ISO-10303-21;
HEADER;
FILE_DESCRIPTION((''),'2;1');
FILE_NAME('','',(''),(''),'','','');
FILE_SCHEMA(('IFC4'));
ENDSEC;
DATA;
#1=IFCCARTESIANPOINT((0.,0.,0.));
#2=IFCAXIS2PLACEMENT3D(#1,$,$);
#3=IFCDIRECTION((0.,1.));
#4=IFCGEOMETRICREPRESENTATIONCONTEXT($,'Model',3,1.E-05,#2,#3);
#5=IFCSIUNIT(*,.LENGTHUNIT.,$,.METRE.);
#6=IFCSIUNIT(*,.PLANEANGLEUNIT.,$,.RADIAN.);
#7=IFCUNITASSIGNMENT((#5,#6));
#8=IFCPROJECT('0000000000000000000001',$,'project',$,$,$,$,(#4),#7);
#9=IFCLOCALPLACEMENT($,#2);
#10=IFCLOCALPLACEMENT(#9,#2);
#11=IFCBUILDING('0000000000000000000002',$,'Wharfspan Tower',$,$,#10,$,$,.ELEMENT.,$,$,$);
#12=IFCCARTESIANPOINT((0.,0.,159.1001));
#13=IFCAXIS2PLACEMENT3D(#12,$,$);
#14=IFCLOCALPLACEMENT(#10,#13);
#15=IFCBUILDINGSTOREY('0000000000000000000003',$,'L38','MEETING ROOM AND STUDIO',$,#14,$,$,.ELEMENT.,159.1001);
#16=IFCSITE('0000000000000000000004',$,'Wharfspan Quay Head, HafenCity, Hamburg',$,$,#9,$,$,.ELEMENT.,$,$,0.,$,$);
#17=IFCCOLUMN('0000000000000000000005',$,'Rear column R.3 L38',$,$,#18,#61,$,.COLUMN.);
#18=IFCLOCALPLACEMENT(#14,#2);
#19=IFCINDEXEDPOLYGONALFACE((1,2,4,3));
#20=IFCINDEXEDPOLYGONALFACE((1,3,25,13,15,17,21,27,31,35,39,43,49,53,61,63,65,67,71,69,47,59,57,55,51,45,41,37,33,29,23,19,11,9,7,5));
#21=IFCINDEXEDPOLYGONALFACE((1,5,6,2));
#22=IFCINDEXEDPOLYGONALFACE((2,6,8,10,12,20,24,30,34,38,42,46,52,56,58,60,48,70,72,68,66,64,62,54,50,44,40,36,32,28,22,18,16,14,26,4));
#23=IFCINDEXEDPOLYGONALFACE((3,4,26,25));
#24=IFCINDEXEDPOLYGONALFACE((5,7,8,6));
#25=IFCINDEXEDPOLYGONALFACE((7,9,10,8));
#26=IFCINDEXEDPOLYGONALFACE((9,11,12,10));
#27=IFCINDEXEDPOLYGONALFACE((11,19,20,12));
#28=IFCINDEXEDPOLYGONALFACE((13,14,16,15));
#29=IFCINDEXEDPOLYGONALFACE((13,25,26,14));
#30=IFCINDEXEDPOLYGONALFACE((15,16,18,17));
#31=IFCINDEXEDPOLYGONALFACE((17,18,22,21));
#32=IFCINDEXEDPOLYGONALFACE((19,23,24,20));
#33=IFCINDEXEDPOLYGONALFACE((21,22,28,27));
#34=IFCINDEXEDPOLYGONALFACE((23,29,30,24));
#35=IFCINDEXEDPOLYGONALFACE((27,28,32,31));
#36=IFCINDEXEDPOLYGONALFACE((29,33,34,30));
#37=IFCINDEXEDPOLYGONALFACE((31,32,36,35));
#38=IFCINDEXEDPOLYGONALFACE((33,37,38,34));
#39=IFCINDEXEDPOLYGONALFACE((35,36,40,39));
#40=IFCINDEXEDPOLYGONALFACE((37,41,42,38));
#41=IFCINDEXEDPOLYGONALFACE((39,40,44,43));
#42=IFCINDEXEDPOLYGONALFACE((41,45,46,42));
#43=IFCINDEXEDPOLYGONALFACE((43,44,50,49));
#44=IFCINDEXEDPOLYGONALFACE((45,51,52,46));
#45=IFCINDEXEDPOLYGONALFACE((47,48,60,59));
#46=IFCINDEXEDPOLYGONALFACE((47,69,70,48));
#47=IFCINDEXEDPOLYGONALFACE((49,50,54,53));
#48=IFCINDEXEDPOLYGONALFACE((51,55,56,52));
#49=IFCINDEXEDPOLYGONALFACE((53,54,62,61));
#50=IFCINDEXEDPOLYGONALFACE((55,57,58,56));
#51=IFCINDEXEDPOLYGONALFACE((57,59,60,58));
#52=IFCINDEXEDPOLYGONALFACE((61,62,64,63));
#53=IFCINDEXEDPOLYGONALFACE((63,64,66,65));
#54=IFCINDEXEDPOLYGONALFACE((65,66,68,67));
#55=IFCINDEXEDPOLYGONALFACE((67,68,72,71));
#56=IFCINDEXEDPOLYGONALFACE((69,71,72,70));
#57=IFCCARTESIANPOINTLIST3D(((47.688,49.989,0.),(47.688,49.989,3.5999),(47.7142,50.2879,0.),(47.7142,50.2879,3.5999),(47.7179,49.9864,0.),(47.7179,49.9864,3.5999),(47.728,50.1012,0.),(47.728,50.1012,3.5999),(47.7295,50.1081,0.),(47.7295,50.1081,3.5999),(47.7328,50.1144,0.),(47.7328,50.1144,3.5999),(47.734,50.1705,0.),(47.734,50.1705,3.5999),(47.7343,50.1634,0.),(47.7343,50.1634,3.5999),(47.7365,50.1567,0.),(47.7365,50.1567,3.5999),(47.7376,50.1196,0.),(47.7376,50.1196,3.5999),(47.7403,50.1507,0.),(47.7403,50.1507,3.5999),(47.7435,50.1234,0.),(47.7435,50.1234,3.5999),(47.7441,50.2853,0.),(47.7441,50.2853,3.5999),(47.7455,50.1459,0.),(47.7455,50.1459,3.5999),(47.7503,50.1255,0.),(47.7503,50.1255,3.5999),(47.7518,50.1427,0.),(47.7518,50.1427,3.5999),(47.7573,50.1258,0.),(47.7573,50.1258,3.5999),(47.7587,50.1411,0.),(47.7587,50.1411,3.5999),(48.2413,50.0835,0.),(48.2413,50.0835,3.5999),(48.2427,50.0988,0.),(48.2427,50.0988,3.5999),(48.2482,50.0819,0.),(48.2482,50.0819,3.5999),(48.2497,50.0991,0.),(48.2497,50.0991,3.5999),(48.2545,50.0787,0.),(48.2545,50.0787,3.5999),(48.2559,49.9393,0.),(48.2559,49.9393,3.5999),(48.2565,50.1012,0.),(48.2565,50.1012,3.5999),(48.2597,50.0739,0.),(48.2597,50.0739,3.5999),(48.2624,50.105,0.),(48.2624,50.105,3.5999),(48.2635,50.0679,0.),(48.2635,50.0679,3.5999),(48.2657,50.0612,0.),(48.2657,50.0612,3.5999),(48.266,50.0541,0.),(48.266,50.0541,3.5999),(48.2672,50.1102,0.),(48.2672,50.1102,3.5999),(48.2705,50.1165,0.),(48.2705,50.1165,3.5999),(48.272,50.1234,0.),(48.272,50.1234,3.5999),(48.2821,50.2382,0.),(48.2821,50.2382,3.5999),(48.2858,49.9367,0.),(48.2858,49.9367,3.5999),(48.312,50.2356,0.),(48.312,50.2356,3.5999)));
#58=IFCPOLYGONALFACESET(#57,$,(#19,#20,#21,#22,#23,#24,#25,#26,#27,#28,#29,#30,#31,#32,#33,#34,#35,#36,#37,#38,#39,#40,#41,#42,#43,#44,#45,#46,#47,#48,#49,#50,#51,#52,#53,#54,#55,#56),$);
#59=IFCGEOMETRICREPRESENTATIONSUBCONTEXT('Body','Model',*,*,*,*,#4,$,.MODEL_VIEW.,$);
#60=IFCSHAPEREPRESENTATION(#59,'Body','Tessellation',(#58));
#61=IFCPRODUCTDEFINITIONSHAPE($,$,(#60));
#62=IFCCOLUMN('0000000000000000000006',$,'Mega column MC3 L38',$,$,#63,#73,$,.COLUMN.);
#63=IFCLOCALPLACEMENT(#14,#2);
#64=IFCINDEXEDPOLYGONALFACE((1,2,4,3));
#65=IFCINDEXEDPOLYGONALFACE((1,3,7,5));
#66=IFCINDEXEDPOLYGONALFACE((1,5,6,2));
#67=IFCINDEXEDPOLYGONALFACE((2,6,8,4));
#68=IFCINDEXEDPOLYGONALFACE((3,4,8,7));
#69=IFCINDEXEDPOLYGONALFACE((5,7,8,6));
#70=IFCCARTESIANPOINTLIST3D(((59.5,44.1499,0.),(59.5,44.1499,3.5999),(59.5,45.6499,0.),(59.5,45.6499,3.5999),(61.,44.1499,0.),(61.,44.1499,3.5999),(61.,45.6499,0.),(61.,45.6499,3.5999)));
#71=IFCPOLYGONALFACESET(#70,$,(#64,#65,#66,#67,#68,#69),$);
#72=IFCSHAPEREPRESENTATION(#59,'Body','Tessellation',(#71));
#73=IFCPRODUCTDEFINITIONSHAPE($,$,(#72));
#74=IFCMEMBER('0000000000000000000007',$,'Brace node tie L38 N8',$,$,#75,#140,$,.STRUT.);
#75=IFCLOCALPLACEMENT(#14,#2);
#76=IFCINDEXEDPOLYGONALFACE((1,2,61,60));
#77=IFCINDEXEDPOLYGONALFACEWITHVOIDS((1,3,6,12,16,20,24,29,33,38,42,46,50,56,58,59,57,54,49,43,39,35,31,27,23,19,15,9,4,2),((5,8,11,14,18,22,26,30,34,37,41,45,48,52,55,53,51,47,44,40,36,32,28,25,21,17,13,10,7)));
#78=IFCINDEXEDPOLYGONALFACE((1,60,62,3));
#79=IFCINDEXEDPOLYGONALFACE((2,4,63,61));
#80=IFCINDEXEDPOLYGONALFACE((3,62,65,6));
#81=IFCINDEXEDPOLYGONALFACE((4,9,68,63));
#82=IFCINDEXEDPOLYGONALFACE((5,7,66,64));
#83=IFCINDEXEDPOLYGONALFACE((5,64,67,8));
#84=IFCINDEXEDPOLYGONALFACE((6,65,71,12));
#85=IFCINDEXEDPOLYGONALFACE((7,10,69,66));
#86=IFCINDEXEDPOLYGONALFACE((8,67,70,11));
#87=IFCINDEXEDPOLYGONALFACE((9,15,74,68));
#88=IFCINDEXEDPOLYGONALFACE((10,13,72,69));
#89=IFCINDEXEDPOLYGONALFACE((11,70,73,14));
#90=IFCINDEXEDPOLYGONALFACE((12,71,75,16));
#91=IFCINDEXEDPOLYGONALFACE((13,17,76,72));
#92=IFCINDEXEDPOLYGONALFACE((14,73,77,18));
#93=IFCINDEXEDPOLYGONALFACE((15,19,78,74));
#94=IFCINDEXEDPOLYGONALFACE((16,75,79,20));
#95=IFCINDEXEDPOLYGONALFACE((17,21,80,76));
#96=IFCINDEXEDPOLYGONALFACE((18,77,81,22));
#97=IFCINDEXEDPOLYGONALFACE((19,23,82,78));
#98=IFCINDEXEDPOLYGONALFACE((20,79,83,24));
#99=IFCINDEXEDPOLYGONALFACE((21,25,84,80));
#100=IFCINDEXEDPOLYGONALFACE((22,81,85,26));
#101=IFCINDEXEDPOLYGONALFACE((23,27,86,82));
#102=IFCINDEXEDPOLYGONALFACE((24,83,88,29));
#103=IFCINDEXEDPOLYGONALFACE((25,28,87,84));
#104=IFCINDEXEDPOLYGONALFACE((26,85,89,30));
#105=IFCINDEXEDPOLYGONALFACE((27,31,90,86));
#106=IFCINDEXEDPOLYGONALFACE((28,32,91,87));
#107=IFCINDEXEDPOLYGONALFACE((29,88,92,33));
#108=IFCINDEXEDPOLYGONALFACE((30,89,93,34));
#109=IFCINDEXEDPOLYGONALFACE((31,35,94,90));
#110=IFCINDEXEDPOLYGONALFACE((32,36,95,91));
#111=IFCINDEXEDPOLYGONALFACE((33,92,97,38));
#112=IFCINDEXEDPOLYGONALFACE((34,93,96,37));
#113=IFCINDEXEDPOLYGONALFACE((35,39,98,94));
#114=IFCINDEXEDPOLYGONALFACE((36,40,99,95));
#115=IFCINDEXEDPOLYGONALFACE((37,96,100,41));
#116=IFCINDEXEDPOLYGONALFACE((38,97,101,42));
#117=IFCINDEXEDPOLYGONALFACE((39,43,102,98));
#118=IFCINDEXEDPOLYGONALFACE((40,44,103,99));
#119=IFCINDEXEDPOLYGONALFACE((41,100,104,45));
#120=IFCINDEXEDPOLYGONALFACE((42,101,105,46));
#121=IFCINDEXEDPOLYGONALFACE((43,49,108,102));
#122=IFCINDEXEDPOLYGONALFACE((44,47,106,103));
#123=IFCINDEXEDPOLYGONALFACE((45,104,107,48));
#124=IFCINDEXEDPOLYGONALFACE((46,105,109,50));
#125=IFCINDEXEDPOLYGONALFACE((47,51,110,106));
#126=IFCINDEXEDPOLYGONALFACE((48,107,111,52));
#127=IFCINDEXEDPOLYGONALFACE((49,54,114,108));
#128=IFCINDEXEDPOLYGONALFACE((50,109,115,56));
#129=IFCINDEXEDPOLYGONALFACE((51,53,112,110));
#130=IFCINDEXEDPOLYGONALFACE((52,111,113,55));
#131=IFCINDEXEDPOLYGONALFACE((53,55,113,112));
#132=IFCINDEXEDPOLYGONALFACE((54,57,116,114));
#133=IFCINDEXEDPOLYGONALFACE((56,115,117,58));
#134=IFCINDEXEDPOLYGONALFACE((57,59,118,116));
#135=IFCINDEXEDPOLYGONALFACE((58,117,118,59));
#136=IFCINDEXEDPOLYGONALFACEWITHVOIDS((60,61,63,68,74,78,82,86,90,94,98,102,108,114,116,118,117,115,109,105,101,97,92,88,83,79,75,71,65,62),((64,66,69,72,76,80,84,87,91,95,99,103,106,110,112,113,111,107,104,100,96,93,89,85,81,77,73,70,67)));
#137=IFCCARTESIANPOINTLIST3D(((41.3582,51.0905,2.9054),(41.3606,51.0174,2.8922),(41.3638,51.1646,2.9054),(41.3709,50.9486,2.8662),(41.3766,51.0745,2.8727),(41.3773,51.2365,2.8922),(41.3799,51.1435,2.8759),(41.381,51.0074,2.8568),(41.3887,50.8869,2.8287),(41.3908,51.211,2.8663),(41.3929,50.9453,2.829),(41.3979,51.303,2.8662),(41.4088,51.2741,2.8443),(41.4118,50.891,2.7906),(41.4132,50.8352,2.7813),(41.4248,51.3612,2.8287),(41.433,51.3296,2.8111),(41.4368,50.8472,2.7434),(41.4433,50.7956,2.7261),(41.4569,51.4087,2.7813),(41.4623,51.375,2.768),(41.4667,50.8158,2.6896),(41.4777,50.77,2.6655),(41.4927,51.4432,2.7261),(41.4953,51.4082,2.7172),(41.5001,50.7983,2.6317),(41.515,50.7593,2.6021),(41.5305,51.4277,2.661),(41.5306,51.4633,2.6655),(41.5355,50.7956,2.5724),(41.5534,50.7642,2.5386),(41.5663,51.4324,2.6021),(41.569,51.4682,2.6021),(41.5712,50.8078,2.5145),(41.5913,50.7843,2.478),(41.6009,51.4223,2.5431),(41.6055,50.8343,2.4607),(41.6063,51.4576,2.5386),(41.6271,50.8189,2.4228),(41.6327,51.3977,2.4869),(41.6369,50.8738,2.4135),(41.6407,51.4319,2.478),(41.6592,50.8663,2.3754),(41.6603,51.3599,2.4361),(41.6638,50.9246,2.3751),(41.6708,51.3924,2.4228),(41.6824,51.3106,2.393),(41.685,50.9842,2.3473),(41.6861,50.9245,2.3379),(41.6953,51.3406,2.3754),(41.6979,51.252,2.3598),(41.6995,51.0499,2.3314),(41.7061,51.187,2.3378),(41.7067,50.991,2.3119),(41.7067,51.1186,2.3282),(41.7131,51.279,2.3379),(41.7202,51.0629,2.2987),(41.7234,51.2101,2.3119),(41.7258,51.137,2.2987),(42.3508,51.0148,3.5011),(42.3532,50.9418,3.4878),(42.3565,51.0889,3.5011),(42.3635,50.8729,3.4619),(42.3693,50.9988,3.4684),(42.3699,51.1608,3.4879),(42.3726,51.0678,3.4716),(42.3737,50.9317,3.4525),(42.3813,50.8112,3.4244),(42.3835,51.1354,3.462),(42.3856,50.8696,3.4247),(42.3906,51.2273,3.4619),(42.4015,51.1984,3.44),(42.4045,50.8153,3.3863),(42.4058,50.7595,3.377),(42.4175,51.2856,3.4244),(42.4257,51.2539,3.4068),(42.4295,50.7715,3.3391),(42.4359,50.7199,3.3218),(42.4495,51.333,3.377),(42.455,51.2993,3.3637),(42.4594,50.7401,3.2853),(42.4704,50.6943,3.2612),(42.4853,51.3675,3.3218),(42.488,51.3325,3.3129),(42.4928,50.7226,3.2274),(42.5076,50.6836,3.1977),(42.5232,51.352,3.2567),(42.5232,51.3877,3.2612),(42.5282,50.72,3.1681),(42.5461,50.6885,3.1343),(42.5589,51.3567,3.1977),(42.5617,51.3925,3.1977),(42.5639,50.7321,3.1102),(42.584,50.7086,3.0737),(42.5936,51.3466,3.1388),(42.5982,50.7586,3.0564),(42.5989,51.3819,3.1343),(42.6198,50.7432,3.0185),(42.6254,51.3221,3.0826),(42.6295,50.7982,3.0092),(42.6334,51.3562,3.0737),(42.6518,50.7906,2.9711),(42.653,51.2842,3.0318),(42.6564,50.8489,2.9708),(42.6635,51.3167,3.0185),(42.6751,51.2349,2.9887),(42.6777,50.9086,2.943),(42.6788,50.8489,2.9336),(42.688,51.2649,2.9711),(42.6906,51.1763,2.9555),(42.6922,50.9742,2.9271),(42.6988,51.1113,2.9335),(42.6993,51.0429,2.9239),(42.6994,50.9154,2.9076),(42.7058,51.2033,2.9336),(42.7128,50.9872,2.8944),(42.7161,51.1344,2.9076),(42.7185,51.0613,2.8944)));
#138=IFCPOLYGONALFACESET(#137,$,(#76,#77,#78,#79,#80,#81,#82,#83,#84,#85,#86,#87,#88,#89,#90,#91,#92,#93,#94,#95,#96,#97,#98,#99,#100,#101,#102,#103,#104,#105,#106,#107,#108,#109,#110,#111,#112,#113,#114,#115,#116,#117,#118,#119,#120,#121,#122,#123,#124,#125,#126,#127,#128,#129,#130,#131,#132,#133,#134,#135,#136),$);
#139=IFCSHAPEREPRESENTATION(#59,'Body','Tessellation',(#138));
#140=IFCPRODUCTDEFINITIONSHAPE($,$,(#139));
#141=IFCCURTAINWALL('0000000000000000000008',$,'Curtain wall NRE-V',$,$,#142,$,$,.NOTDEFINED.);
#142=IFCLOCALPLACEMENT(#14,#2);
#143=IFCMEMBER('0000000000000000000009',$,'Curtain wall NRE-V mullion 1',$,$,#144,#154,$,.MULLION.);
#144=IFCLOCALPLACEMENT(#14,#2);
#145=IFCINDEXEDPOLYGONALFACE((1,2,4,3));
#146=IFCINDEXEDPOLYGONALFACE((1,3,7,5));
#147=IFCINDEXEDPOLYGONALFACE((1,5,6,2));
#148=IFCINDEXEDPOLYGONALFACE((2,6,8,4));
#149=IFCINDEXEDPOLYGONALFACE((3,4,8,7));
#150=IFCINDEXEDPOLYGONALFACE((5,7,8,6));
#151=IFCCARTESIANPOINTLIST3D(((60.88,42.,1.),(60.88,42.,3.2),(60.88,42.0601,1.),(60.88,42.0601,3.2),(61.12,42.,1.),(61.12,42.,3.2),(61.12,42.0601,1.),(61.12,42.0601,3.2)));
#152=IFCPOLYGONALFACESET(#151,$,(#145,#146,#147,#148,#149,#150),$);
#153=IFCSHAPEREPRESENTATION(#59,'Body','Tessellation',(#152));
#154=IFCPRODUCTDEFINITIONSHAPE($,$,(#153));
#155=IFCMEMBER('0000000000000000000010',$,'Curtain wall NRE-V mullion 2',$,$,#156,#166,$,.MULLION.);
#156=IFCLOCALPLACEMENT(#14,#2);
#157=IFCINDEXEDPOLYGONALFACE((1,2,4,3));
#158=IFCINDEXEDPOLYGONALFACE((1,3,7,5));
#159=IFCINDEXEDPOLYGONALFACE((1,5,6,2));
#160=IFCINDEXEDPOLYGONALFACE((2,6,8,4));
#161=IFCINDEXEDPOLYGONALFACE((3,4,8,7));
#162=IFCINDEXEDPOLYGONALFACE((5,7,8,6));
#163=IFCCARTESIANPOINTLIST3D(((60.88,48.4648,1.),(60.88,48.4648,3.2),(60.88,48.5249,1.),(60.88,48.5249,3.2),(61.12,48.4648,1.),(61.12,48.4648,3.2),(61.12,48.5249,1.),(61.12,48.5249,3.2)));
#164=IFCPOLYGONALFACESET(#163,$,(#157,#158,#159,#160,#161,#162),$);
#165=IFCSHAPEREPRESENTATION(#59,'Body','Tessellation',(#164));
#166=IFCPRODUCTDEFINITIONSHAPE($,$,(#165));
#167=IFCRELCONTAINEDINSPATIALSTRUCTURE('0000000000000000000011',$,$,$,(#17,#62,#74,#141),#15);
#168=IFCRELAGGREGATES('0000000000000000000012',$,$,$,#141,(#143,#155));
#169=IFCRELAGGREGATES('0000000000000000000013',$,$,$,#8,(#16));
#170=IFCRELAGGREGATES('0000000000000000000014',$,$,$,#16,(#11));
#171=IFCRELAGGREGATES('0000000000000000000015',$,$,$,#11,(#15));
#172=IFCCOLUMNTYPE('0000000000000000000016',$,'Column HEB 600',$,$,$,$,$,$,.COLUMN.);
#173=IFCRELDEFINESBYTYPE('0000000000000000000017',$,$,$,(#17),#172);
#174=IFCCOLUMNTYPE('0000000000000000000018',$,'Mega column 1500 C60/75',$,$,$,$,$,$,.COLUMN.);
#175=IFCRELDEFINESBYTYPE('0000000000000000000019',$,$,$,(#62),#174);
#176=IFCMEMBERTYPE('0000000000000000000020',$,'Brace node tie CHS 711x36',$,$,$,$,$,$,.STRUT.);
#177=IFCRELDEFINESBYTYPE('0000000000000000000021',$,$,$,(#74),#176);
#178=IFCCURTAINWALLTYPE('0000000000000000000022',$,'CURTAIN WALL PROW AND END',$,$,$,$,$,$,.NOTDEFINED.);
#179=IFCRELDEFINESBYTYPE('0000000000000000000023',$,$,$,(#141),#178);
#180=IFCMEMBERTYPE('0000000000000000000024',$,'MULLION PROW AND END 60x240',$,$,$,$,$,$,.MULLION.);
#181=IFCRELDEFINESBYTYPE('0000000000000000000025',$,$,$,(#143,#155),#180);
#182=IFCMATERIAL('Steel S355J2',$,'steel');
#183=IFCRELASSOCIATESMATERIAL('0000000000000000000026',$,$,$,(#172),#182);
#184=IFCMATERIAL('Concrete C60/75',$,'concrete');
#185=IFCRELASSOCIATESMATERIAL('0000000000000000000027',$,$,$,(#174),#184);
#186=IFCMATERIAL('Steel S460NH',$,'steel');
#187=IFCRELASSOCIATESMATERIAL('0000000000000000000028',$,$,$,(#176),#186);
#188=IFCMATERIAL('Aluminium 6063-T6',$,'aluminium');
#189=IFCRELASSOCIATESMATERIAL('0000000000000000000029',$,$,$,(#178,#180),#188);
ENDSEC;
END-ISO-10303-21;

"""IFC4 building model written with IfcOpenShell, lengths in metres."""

from ifc_helpers import new_model, si_unit, direction, frame, origin, origin_2d, place, context, subcontext, project, spatial, rectangle, hollow_circle, i_section, extrude, material, material_profile, profile_set, type_object, element, aggregate, save


model = new_model("IFC4")

# Units and contexts
model_context = context("Model", 3, precision=1e-05, world=origin(), true_north=direction((0.0, 1.0)))
body_context = subcontext(model_context, "Body", "Model", "MODEL_VIEW")
ifc_project = project(units=[si_unit("LENGTHUNIT", "METRE"), si_unit("PLANEANGLEUNIT", "RADIAN")], contexts=[model_context])

# Site, building, storey
site_placement = place(None, origin())
site = spatial("IfcSite", under=ifc_project, at=site_placement, Name="Wharfspan Quay Head, HafenCity, Hamburg", CompositionType="ELEMENT", RefElevation=0.0)
building_placement = place(site_placement, origin())
building = spatial("IfcBuilding", under=site, at=building_placement, Name="Wharfspan Tower", CompositionType="ELEMENT")
storey_placement = place(building_placement, frame((0.0, 0.0, 159.1001)))
storey = spatial("IfcBuildingStorey", under=building, at=storey_placement, Name="L38", Description="MEETING ROOM AND STUDIO", CompositionType="ELEMENT", Elevation=159.1001)

# Columns
ifc_material_1 = material(Name="Steel S355J2", Category="steel")
ifc_material_profile_1 = material_profile(ifc_material_1, i_section(OverallWidth=0.3, OverallDepth=0.6001, WebThickness=0.0154, FlangeThickness=0.03, FilletRadius=0.0271, at=origin_2d()))
ifc_profile_set_1 = profile_set([ifc_material_profile_1], Name="Steel S355J2")
column_type_1 = type_object("IfcColumnType", Name="Column HEB 600", PredefinedType="COLUMN", material=ifc_profile_set_1)
column_1_placement = place(storey_placement, frame((48.0, 50.1123, 0.0), z_axis=(0.0, 0.0, 1.0), x_axis=(0.087156, 0.996198, 0.0)))
element("IfcColumn", 1, at=column_1_placement, inside=storey, type_object=column_type_1, Name="Rear column R.3 L38", PredefinedType="COLUMN", context=body_context, shape_type="SweptSolid", body=[
    extrude(i_section(OverallWidth=0.3, OverallDepth=0.6001, WebThickness=0.0154, FlangeThickness=0.03, FilletRadius=0.0271, at=origin_2d()), origin(), (0.0, 0.0, 1.0), 3.5999),
])
ifc_material_2 = material(Name="Concrete C60/75", Category="concrete")
ifc_material_profile_2 = material_profile(ifc_material_2, rectangle(XDim=1.5, YDim=1.5, at=origin_2d()))
ifc_profile_set_2 = profile_set([ifc_material_profile_2], Name="Concrete C60/75")
column_type_2 = type_object("IfcColumnType", Name="Mega column 1500 C60/75", PredefinedType="COLUMN", material=ifc_profile_set_2)
column_2_placement = place(storey_placement, frame((60.25, 44.8999, 0.0), z_axis=(0.0, 0.0, 1.0), x_axis=(1.0, 0.0, 0.0)))
element("IfcColumn", 2, at=column_2_placement, inside=storey, type_object=column_type_2, Name="Mega column MC3 L38", PredefinedType="COLUMN", context=body_context, shape_type="SweptSolid", body=[
    extrude(rectangle(XDim=1.5, YDim=1.5, at=origin_2d()), origin(), (0.0, 0.0, 1.0), 3.5999),
])

# Member
ifc_material_3 = material(Name="Steel S460NH", Category="steel")
ifc_material_profile_3 = material_profile(ifc_material_3, hollow_circle(Radius=0.3555, WallThickness=0.0359, at=origin_2d()))
ifc_profile_set_3 = profile_set([ifc_material_profile_3], Name="Steel S460NH")
member_type_1 = type_object("IfcMemberType", Name="Brace node tie CHS 711x36", PredefinedType="STRUT", material=ifc_profile_set_3)
member_1_placement = place(storey_placement, frame((41.542, 51.1138, 2.6021), z_axis=(0.855629, -0.065235, 0.513462), x_axis=(0.07602, 0.997102, 0.000002)))
element("IfcMember", 3, at=member_1_placement, inside=storey, type_object=member_type_1, Name="Brace node tie L38 N8", PredefinedType="STRUT", context=body_context, shape_type="SweptSolid", body=[
    extrude(hollow_circle(Radius=0.3555, WallThickness=0.0359, at=origin_2d()), origin(), (0.0, 0.0, 1.0), 1.1602),
])

# Curtain wall, members
ifc_material_4 = material(Name="Aluminium 6063-T6", Category="aluminium")
curtain_wall_type = type_object("IfcCurtainWallType", Name="CURTAIN WALL PROW AND END", PredefinedType="NOTDEFINED", material=ifc_material_4)
curtain_wall_placement = place(storey_placement, origin())
curtain_wall = element("IfcCurtainWall", 4, at=curtain_wall_placement, inside=storey, type_object=curtain_wall_type, Name="Curtain wall NRE-V", PredefinedType="NOTDEFINED")
ifc_material_profile_4 = material_profile(ifc_material_4, rectangle(XDim=0.24, YDim=0.0601, at=origin_2d()))
ifc_profile_set_4 = profile_set([ifc_material_profile_4], Name="Aluminium 6063-T6")
member_type_2 = type_object("IfcMemberType", Name="MULLION PROW AND END 60x240", PredefinedType="MULLION", material=ifc_profile_set_4)
member_2_placement = place(storey_placement, frame((61.0, 42.03, 1.0), z_axis=(0.0, 0.0, 1.0), x_axis=(-1.0, 0.0, 0.0)))
member_2 = element("IfcMember", 5, at=member_2_placement, type_object=member_type_2, Name="Curtain wall NRE-V mullion 1", PredefinedType="MULLION", context=body_context, shape_type="SweptSolid", body=[
    extrude(rectangle(XDim=0.24, YDim=0.0601, at=origin_2d()), origin(), (0.0, 0.0, 1.0), 2.2),
])
member_3_placement = place(storey_placement, frame((61.0, 48.4949, 1.0), z_axis=(0.0, 0.0, 1.0), x_axis=(-1.0, 0.0, 0.0)))
member_3 = element("IfcMember", 6, at=member_3_placement, type_object=member_type_2, Name="Curtain wall NRE-V mullion 2", PredefinedType="MULLION", context=body_context, shape_type="SweptSolid", body=[
    extrude(rectangle(XDim=0.24, YDim=0.0601, at=origin_2d()), origin(), (0.0, 0.0, 1.0), 2.2),
])

aggregate(curtain_wall, [member_2, member_3])

save(model, "model.ifc")
